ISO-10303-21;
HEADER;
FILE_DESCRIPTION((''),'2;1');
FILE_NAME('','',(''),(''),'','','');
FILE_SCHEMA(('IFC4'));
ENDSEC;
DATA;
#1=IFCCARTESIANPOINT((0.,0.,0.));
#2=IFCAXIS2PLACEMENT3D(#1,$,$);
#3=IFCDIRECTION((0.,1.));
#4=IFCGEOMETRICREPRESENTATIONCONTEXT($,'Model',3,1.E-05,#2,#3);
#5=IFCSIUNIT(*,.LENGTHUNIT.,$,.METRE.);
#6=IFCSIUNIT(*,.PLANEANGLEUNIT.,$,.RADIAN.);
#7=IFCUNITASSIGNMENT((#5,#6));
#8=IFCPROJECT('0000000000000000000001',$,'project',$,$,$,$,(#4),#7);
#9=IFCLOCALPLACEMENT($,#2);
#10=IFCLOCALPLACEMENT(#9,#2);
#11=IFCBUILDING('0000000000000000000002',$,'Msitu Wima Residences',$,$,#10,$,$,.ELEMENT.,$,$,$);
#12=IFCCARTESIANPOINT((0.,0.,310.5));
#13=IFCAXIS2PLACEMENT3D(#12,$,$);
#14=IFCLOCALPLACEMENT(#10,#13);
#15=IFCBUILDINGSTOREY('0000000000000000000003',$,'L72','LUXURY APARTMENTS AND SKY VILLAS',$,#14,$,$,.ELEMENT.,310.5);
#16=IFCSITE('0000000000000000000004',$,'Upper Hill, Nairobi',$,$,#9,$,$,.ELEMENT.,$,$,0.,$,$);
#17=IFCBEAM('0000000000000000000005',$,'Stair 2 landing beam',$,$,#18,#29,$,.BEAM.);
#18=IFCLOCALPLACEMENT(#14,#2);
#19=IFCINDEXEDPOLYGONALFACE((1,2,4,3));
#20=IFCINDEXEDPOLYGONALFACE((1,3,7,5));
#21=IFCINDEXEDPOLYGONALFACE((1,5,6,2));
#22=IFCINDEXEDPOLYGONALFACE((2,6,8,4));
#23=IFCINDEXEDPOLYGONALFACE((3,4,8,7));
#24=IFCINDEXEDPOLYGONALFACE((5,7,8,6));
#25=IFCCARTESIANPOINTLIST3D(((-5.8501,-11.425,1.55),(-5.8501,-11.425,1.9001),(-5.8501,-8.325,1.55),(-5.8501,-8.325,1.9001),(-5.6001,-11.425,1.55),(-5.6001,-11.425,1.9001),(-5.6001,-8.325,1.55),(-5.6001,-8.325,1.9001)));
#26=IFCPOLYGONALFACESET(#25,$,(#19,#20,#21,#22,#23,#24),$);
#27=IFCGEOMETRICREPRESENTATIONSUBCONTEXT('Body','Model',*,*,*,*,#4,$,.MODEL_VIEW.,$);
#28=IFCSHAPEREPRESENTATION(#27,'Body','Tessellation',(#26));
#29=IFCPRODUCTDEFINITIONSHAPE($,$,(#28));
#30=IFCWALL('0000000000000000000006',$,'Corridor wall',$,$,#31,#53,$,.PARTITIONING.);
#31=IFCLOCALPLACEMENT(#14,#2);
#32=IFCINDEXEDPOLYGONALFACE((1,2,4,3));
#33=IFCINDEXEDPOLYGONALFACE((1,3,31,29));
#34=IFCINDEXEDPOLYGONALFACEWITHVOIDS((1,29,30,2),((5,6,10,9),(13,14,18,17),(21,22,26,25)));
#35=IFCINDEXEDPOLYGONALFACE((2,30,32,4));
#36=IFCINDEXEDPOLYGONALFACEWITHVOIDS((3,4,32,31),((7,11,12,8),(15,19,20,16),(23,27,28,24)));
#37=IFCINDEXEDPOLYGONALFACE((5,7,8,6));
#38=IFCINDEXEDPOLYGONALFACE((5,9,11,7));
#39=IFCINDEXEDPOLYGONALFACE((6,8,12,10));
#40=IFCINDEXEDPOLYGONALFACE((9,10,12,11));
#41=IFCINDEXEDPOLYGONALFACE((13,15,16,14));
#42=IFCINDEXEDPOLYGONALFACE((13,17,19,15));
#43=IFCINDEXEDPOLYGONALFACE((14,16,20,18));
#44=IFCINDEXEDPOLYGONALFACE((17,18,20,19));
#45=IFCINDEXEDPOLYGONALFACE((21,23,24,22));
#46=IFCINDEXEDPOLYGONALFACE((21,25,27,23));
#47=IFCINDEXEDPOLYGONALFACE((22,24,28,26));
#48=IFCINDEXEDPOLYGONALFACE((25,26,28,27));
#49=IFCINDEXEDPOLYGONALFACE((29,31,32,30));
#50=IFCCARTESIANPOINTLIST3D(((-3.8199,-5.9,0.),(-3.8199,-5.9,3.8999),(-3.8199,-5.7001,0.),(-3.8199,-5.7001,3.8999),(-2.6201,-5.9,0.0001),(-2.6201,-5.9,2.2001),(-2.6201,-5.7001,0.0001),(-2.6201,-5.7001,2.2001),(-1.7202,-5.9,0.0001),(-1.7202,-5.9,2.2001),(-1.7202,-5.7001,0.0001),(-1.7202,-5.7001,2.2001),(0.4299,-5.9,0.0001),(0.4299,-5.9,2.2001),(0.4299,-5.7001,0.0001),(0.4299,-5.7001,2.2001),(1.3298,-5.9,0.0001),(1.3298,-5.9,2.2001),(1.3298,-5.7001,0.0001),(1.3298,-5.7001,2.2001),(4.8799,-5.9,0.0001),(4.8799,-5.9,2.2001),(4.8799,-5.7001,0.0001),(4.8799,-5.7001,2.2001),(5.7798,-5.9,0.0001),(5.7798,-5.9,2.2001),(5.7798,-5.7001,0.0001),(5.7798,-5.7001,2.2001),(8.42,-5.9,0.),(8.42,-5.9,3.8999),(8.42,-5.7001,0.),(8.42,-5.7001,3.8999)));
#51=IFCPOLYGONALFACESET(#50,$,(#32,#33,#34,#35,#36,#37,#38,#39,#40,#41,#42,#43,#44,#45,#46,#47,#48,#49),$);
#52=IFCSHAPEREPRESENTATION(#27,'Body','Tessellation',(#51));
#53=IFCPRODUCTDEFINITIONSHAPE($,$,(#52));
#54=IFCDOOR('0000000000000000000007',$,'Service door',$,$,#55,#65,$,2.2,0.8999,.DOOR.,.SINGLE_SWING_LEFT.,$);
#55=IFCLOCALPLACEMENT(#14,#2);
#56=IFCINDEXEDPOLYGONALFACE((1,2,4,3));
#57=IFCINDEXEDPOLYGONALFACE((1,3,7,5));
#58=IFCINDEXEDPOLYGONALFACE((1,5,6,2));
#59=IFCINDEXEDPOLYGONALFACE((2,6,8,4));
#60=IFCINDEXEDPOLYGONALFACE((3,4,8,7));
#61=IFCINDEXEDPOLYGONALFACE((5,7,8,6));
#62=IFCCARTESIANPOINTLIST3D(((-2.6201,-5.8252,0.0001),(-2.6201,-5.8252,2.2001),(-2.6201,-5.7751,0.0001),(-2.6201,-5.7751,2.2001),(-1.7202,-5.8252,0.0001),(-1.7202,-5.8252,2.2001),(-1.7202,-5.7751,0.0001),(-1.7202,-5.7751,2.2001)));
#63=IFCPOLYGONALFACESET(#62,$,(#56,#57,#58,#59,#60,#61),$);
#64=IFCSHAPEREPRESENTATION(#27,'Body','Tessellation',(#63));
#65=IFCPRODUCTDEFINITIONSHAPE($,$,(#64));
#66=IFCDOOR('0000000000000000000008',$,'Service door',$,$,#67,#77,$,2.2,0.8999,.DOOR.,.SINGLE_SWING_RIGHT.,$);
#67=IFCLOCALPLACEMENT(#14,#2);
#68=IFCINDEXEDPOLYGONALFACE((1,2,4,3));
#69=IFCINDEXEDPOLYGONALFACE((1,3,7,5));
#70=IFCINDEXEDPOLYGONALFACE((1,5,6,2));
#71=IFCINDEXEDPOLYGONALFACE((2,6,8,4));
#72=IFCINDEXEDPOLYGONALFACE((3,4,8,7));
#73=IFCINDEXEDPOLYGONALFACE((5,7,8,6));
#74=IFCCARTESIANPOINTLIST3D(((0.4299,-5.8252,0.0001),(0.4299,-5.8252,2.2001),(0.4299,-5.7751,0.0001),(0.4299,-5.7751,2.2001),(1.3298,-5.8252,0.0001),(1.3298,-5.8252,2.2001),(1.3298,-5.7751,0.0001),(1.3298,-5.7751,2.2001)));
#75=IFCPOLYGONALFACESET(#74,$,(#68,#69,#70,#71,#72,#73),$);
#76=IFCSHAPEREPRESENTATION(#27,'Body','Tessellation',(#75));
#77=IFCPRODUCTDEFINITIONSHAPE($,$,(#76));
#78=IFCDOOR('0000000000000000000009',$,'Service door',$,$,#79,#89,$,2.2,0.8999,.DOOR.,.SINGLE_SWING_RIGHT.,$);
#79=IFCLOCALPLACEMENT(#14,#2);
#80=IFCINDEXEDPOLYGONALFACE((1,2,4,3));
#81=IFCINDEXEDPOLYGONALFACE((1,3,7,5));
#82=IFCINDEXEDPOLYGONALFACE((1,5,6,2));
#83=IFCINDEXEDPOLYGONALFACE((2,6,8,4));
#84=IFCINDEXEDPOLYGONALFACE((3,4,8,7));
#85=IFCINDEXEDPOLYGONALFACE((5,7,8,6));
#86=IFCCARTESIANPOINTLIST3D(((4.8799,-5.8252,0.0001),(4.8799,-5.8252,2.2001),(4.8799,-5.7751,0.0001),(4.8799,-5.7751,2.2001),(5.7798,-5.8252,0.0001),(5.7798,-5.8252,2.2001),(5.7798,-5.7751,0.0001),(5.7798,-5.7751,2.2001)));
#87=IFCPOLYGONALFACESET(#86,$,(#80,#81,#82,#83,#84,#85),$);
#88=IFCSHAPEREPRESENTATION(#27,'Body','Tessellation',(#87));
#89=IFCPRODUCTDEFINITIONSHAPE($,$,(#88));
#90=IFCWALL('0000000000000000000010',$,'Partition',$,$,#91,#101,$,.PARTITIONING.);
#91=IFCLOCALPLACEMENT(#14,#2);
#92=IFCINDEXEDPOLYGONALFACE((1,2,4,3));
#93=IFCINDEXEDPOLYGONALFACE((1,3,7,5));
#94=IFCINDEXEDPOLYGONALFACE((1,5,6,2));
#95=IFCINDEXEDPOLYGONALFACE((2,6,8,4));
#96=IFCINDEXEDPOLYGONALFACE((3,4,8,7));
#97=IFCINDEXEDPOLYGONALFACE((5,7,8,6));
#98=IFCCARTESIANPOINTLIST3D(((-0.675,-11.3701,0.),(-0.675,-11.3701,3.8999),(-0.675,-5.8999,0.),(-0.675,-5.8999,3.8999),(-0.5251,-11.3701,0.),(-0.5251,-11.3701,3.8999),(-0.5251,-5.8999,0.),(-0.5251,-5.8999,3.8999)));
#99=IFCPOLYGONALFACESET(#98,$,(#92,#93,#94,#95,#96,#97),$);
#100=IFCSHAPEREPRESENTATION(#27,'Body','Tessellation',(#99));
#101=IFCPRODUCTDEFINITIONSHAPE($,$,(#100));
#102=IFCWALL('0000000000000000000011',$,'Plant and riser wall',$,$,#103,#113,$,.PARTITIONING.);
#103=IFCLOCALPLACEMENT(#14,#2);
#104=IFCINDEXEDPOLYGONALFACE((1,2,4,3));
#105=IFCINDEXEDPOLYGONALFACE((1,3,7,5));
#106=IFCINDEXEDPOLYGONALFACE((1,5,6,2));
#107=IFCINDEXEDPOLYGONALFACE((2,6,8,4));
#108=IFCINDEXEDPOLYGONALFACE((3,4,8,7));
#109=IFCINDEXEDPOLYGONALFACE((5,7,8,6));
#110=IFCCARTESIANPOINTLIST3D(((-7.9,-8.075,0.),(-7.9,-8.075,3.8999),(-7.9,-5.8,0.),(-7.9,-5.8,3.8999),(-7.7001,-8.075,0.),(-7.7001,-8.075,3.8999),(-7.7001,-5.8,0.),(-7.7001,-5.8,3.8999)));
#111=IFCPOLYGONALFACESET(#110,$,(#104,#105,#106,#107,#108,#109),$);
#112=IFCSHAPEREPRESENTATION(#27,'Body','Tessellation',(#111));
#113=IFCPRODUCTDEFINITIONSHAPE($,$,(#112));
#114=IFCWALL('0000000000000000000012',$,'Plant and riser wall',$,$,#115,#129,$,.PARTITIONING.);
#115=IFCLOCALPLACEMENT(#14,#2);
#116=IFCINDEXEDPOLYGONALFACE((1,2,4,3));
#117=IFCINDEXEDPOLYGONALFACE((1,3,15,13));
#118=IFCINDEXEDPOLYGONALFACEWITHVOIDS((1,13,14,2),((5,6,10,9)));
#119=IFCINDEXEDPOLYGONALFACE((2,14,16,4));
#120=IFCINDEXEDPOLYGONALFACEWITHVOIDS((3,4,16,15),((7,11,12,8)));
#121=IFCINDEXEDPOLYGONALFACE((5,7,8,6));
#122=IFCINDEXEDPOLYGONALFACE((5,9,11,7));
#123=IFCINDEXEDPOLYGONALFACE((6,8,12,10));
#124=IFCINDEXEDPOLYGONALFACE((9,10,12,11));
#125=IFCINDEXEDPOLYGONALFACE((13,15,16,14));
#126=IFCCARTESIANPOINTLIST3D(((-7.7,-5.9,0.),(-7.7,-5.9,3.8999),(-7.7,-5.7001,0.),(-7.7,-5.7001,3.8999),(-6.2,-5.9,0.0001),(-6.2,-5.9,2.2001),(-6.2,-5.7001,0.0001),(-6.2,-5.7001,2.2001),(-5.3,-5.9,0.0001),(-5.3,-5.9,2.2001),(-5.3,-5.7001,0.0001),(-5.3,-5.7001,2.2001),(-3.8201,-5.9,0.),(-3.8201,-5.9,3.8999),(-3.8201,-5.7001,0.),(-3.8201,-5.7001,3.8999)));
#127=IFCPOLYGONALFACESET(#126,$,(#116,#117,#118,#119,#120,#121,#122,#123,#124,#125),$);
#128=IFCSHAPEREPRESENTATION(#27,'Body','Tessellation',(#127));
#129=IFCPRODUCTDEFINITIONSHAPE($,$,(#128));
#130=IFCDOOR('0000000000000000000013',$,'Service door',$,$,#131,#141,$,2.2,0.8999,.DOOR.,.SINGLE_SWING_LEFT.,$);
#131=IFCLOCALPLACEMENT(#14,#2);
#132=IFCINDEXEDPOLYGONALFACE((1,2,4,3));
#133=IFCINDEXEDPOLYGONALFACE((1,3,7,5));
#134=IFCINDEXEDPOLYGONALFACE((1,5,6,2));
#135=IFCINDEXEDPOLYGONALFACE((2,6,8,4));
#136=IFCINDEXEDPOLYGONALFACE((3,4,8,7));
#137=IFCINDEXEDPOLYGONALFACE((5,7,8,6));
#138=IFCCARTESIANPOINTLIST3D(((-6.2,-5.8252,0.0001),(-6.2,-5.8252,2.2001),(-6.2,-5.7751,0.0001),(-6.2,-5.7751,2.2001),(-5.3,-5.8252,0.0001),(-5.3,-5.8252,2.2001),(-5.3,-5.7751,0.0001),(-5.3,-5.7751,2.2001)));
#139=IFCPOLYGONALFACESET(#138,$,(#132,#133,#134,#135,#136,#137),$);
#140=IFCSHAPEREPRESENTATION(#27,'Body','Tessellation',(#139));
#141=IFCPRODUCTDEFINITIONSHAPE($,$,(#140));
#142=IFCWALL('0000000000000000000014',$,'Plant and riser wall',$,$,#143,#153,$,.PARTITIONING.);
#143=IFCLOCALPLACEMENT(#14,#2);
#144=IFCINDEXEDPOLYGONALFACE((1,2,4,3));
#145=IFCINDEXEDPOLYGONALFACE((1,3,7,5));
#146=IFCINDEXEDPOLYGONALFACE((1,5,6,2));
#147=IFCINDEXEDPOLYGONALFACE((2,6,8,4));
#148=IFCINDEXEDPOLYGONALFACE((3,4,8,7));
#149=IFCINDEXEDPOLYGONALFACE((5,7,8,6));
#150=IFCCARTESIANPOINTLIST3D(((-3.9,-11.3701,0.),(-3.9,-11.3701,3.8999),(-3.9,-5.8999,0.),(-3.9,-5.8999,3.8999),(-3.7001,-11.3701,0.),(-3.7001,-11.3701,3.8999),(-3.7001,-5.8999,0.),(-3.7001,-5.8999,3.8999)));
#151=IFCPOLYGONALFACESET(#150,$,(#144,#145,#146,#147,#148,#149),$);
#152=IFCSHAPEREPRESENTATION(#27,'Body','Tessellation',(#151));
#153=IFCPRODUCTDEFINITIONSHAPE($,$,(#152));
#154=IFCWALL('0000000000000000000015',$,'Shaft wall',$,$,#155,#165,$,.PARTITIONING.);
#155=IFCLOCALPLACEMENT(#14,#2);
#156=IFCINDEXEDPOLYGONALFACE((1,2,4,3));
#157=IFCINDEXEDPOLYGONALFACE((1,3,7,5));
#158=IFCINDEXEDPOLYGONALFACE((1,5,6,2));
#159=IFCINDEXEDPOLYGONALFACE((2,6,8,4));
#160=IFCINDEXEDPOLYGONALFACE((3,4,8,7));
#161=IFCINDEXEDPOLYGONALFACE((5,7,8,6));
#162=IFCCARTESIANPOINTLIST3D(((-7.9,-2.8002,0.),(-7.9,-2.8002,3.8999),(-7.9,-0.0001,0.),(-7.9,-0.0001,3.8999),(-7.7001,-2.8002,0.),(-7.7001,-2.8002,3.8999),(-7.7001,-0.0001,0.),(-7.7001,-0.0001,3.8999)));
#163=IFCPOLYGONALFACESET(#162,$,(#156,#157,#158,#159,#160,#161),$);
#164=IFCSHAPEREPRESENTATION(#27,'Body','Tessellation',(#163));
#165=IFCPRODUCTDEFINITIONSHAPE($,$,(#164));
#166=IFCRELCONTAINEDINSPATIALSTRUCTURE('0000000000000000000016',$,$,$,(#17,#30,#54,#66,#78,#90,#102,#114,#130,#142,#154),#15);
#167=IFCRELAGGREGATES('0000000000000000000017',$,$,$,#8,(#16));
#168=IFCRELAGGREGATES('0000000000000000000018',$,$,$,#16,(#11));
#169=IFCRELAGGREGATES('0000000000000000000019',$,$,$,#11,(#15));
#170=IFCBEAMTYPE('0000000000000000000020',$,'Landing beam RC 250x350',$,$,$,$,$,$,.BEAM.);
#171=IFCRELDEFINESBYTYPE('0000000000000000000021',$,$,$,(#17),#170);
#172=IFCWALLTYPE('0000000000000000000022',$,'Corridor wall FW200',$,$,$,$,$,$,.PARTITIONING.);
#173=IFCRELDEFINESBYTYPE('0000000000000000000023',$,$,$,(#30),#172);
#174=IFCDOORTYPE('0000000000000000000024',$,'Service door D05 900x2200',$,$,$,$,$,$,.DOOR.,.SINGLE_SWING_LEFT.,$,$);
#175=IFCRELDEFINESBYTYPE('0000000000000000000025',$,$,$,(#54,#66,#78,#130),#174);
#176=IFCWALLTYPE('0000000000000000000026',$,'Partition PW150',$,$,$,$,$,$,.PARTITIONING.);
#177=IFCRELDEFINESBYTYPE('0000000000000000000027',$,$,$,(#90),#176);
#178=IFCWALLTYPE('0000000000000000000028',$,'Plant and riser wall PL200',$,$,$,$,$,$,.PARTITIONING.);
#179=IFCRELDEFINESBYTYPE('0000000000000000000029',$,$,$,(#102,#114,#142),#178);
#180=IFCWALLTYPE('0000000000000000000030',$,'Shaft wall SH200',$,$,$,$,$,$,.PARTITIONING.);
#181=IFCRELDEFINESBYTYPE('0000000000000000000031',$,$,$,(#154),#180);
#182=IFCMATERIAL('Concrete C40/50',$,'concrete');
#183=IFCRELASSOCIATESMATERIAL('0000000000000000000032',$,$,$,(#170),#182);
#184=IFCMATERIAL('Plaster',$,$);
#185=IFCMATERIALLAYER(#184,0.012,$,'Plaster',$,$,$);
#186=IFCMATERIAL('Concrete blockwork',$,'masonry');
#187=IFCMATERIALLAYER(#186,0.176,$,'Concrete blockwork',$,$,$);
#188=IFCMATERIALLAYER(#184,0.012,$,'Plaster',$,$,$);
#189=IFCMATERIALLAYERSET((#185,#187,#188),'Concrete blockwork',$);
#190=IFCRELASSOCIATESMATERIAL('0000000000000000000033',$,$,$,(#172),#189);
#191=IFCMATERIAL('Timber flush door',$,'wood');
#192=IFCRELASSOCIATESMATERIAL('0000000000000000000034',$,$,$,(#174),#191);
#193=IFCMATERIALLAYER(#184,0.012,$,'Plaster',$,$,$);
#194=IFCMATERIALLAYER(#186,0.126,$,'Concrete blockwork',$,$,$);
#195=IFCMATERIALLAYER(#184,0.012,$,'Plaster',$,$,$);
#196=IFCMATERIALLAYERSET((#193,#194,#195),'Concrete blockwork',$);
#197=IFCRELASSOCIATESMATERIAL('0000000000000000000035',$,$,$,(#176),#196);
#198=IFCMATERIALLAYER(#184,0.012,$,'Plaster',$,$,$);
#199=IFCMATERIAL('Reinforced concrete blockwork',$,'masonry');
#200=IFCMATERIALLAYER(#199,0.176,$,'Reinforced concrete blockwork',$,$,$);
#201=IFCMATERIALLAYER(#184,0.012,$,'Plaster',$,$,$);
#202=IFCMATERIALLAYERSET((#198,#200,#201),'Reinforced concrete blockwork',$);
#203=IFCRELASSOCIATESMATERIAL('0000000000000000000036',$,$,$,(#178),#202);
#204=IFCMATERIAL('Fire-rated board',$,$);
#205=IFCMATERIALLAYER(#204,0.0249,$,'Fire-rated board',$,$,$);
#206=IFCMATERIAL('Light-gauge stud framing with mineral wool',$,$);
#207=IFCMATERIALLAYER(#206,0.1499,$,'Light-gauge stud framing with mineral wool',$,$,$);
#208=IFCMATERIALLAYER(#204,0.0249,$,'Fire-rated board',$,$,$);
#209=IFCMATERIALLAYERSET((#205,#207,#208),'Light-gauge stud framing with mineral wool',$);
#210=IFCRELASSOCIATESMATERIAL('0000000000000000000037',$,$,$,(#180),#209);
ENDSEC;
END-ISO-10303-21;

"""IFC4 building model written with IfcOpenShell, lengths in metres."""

from ifc_helpers import new_model, si_unit, direction, frame, frame_2d, origin, origin_2d, place, context, subcontext, project, spatial, rectangle, extrude, material, layer, layer_set, material_profile, profile_set, type_object, element, fill, save


model = new_model("IFC4")

# Units and contexts
model_context = context("Model", 3, precision=1e-05, world=origin(), true_north=direction((0.0, 1.0)))
body_context = subcontext(model_context, "Body", "Model", "MODEL_VIEW")
ifc_project = project(units=[si_unit("LENGTHUNIT", "METRE"), si_unit("PLANEANGLEUNIT", "RADIAN")], contexts=[model_context])

# Site, building, storey
site_placement = place(None, origin())
site = spatial("IfcSite", under=ifc_project, at=site_placement, Name="Upper Hill, Nairobi", CompositionType="ELEMENT", RefElevation=0.0)
building_placement = place(site_placement, origin())
building = spatial("IfcBuilding", under=site, at=building_placement, Name="Msitu Wima Residences", CompositionType="ELEMENT")
storey_placement = place(building_placement, frame((0.0, 0.0, 310.5)))
storey = spatial("IfcBuildingStorey", under=building, at=storey_placement, Name="L72", Description="LUXURY APARTMENTS AND SKY VILLAS", CompositionType="ELEMENT", Elevation=310.5)

# Beam
ifc_material_1 = material(Name="Concrete C40/50", Category="concrete")
ifc_material_profile = material_profile(ifc_material_1, rectangle(XDim=0.25, YDim=0.3501, at=origin_2d()), Name="RC 250x350")
ifc_profile_set = profile_set([ifc_material_profile], Name="Concrete C40/50")
beam_type = type_object("IfcBeamType", Name="Landing beam RC 250x350", PredefinedType="BEAM", material=ifc_profile_set)
beam_placement = place(storey_placement, frame((-5.7251, -11.425, 1.7251), z_axis=(0.0, 1.0, 0.0), x_axis=(-1.0, 0.0, 0.0)))
element("IfcBeam", 1, at=beam_placement, inside=storey, type_object=beam_type, Name="Stair 2 landing beam", PredefinedType="BEAM", context=body_context, shape_type="SweptSolid", body=[
    extrude(rectangle(XDim=0.25, YDim=0.3501, at=origin_2d()), origin(), (0.0, 0.0, 1.0), 3.1001),
])

# Shared definitions
ifc_material_2 = material(Name="Plaster")
ifc_layer_1 = layer(ifc_material_2, 0.012, Name="Plaster")
ifc_material_3 = material(Name="Concrete blockwork", Category="masonry")
ifc_layer_2 = layer(ifc_material_3, 0.176, Name="Concrete blockwork")
ifc_layer_3 = layer(ifc_material_2, 0.012, Name="Plaster")
ifc_layer_set_1 = layer_set([ifc_layer_1, ifc_layer_2, ifc_layer_3], Name="Concrete blockwork")
wall_type_1 = type_object("IfcWallType", Name="Corridor wall FW200", PredefinedType="PARTITIONING", material=ifc_layer_set_1)

# Wall, openings, doors
wall_1_placement = place(storey_placement, frame((-3.8201, -5.8, 0.0), z_axis=(0.0, 0.0, 1.0), x_axis=(1.0, 0.0, 0.0)))
wall_1 = element("IfcWall", 2, at=wall_1_placement, inside=storey, type_object=wall_type_1, Name="Corridor wall", PredefinedType="PARTITIONING", context=body_context, shape_type="SweptSolid", body=[
    extrude(rectangle(XDim=12.24, YDim=0.2, at=frame_2d((6.1201, 0.0))), origin(), (0.0, 0.0, 1.0), 3.8999),
])
opening_1_placement = place(wall_1_placement, frame((1.2, 0.0, 0.0)))
opening_1 = element("IfcOpeningElement", 3, at=opening_1_placement, cuts=wall_1, PredefinedType="OPENING", context=body_context, shape_type="SweptSolid", body=[
    extrude(rectangle(XDim=0.8999, YDim=2.2, at=frame_2d((0.45, 1.1001))), frame((0.0, 0.1099, 0.0), z_axis=(0.0, -1.0, 0.0), x_axis=(1.0, 0.0, 0.0)), (0.0, 0.0, 1.0), 0.22),
])
opening_2_placement = place(wall_1_placement, frame((4.25, 0.0, 0.0)))
opening_2 = element("IfcOpeningElement", 4, at=opening_2_placement, cuts=wall_1, PredefinedType="OPENING", context=body_context, shape_type="SweptSolid", body=[
    extrude(rectangle(XDim=0.8999, YDim=2.2, at=frame_2d((0.45, 1.1001))), frame((0.0, 0.1099, 0.0), z_axis=(0.0, -1.0, 0.0), x_axis=(1.0, 0.0, 0.0)), (0.0, 0.0, 1.0), 0.22),
])
opening_3_placement = place(wall_1_placement, frame((8.7, 0.0, 0.0)))
opening_3 = element("IfcOpeningElement", 5, at=opening_3_placement, cuts=wall_1, PredefinedType="OPENING", context=body_context, shape_type="SweptSolid", body=[
    extrude(rectangle(XDim=0.8999, YDim=2.2, at=frame_2d((0.45, 1.1001))), frame((0.0, 0.1099, 0.0), z_axis=(0.0, -1.0, 0.0), x_axis=(1.0, 0.0, 0.0)), (0.0, 0.0, 1.0), 0.22),
])
ifc_material_4 = material(Name="Timber flush door", Category="wood")
door_type_1 = type_object("IfcDoorType", Name="Service door D05 900x2200", OperationType="SINGLE_SWING_LEFT", PredefinedType="DOOR", material=ifc_material_4)
door_1_placement = place(opening_1_placement, origin())
door_1 = element("IfcDoor", 6, at=door_1_placement, inside=storey, type_object=door_type_1, Name="Service door", OperationType="SINGLE_SWING_LEFT", OverallHeight=2.2, OverallWidth=0.8999, PredefinedType="DOOR", context=body_context, shape_type="SweptSolid", body=[
    extrude(rectangle(XDim=0.8999, YDim=2.2, at=frame_2d((0.45, 1.1001))), frame((0.0, 0.0249, 0.0), z_axis=(0.0, -1.0, 0.0), x_axis=(1.0, 0.0, 0.0)), (0.0, 0.0, 1.0), 0.05),
])
fill(opening_1, door_1)
door_2_placement = place(opening_2_placement, origin())
door_2 = element("IfcDoor", 7, at=door_2_placement, inside=storey, type_object=door_type_1, Name="Service door", OperationType="SINGLE_SWING_RIGHT", OverallHeight=2.2, OverallWidth=0.8999, PredefinedType="DOOR", context=body_context, shape_type="SweptSolid", body=[
    extrude(rectangle(XDim=0.8999, YDim=2.2, at=frame_2d((0.45, 1.1001))), frame((0.0, 0.0249, 0.0), z_axis=(0.0, -1.0, 0.0), x_axis=(1.0, 0.0, 0.0)), (0.0, 0.0, 1.0), 0.05),
])
fill(opening_2, door_2)
door_3_placement = place(opening_3_placement, origin())
door_3 = element("IfcDoor", 8, at=door_3_placement, inside=storey, type_object=door_type_1, Name="Service door", OperationType="SINGLE_SWING_RIGHT", OverallHeight=2.2, OverallWidth=0.8999, PredefinedType="DOOR", context=body_context, shape_type="SweptSolid", body=[
    extrude(rectangle(XDim=0.8999, YDim=2.2, at=frame_2d((0.45, 1.1001))), frame((0.0, 0.0249, 0.0), z_axis=(0.0, -1.0, 0.0), x_axis=(1.0, 0.0, 0.0)), (0.0, 0.0, 1.0), 0.05),
])
fill(opening_3, door_3)

# Walls
ifc_layer_4 = layer(ifc_material_2, 0.012, Name="Plaster")
ifc_layer_5 = layer(ifc_material_3, 0.126, Name="Concrete blockwork")
ifc_layer_6 = layer(ifc_material_2, 0.012, Name="Plaster")
ifc_layer_set_2 = layer_set([ifc_layer_4, ifc_layer_5, ifc_layer_6], Name="Concrete blockwork")
wall_type_2 = type_object("IfcWallType", Name="Partition PW150", PredefinedType="PARTITIONING", material=ifc_layer_set_2)
wall_2_placement = place(storey_placement, frame((-0.6001, -11.3701, 0.0), z_axis=(0.0, 0.0, 1.0), x_axis=(0.0, 1.0, 0.0)))
element("IfcWall", 9, at=wall_2_placement, inside=storey, type_object=wall_type_2, Name="Partition", PredefinedType="PARTITIONING", context=body_context, shape_type="SweptSolid", body=[
    extrude(rectangle(XDim=5.4702, YDim=0.1499, at=frame_2d((2.7351, 0.0))), origin(), (0.0, 0.0, 1.0), 3.8999),
])
ifc_layer_7 = layer(ifc_material_2, 0.012, Name="Plaster")
ifc_material_5 = material(Name="Reinforced concrete blockwork", Category="masonry")
ifc_layer_8 = layer(ifc_material_5, 0.176, Name="Reinforced concrete blockwork")
ifc_layer_9 = layer(ifc_material_2, 0.012, Name="Plaster")
ifc_layer_set_3 = layer_set([ifc_layer_7, ifc_layer_8, ifc_layer_9], Name="Reinforced concrete blockwork")
wall_type_3 = type_object("IfcWallType", Name="Plant and riser wall PL200", PredefinedType="PARTITIONING", material=ifc_layer_set_3)
wall_3_placement = place(storey_placement, frame((-7.8, -8.075, 0.0), z_axis=(0.0, 0.0, 1.0), x_axis=(0.0, 1.0, 0.0)))
element("IfcWall", 10, at=wall_3_placement, inside=storey, type_object=wall_type_3, Name="Plant and riser wall", PredefinedType="PARTITIONING", context=body_context, shape_type="SweptSolid", body=[
    extrude(rectangle(XDim=2.2749, YDim=0.2, at=frame_2d((1.1375, 0.0))), origin(), (0.0, 0.0, 1.0), 3.8999),
])

# Wall, opening, door
wall_4_placement = place(storey_placement, frame((-7.7, -5.8, 0.0), z_axis=(0.0, 0.0, 1.0), x_axis=(1.0, 0.0, 0.0)))
wall_4 = element("IfcWall", 11, at=wall_4_placement, inside=storey, type_object=wall_type_3, Name="Plant and riser wall", PredefinedType="PARTITIONING", context=body_context, shape_type="SweptSolid", body=[
    extrude(rectangle(XDim=3.8799, YDim=0.2, at=frame_2d((1.9399, 0.0))), origin(), (0.0, 0.0, 1.0), 3.8999),
])
opening_4_placement = place(wall_4_placement, frame((1.5, 0.0, 0.0)))
opening_4 = element("IfcOpeningElement", 12, at=opening_4_placement, cuts=wall_4, PredefinedType="OPENING", context=body_context, shape_type="SweptSolid", body=[
    extrude(rectangle(XDim=0.8999, YDim=2.2, at=frame_2d((0.45, 1.1001))), frame((0.0, 0.1099, 0.0), z_axis=(0.0, -1.0, 0.0), x_axis=(1.0, 0.0, 0.0)), (0.0, 0.0, 1.0), 0.22),
])
door_4_placement = place(opening_4_placement, origin())
door_4 = element("IfcDoor", 13, at=door_4_placement, inside=storey, type_object=door_type_1, Name="Service door", OperationType="SINGLE_SWING_LEFT", OverallHeight=2.2, OverallWidth=0.8999, PredefinedType="DOOR", context=body_context, shape_type="SweptSolid", body=[
    extrude(rectangle(XDim=0.8999, YDim=2.2, at=frame_2d((0.45, 1.1001))), frame((0.0, 0.0249, 0.0), z_axis=(0.0, -1.0, 0.0), x_axis=(1.0, 0.0, 0.0)), (0.0, 0.0, 1.0), 0.05),
])
fill(opening_4, door_4)

# Walls
wall_5_placement = place(storey_placement, frame((-3.8, -11.3701, 0.0), z_axis=(0.0, 0.0, 1.0), x_axis=(0.0, 1.0, 0.0)))
element("IfcWall", 14, at=wall_5_placement, inside=storey, type_object=wall_type_3, Name="Plant and riser wall", PredefinedType="PARTITIONING", context=body_context, shape_type="SweptSolid", body=[
    extrude(rectangle(XDim=5.4702, YDim=0.2, at=frame_2d((2.7351, 0.0))), origin(), (0.0, 0.0, 1.0), 3.8999),
])
ifc_material_6 = material(Name="Fire-rated board")
ifc_layer_10 = layer(ifc_material_6, 0.0249, Name="Fire-rated board")
ifc_material_7 = material(Name="Light-gauge stud framing with mineral wool")
ifc_layer_11 = layer(ifc_material_7, 0.1499, Name="Light-gauge stud framing with mineral wool")
ifc_layer_12 = layer(ifc_material_6, 0.0249, Name="Fire-rated board")
ifc_layer_set_4 = layer_set([ifc_layer_10, ifc_layer_11, ifc_layer_12], Name="Light-gauge stud framing with mineral wool")
wall_type_4 = type_object("IfcWallType", Name="Shaft wall SH200", PredefinedType="PARTITIONING", material=ifc_layer_set_4)
wall_6_placement = place(storey_placement, frame((-7.8, -2.8, 0.0), z_axis=(0.0, 0.0, 1.0), x_axis=(0.0, 1.0, 0.0)))
element("IfcWall", 15, at=wall_6_placement, inside=storey, type_object=wall_type_4, Name="Shaft wall", PredefinedType="PARTITIONING", context=body_context, shape_type="SweptSolid", body=[
    extrude(rectangle(XDim=2.8, YDim=0.2, at=frame_2d((1.3999, 0.0))), origin(), (0.0, 0.0, 1.0), 3.8999),
])

save(model, "model.ifc")
